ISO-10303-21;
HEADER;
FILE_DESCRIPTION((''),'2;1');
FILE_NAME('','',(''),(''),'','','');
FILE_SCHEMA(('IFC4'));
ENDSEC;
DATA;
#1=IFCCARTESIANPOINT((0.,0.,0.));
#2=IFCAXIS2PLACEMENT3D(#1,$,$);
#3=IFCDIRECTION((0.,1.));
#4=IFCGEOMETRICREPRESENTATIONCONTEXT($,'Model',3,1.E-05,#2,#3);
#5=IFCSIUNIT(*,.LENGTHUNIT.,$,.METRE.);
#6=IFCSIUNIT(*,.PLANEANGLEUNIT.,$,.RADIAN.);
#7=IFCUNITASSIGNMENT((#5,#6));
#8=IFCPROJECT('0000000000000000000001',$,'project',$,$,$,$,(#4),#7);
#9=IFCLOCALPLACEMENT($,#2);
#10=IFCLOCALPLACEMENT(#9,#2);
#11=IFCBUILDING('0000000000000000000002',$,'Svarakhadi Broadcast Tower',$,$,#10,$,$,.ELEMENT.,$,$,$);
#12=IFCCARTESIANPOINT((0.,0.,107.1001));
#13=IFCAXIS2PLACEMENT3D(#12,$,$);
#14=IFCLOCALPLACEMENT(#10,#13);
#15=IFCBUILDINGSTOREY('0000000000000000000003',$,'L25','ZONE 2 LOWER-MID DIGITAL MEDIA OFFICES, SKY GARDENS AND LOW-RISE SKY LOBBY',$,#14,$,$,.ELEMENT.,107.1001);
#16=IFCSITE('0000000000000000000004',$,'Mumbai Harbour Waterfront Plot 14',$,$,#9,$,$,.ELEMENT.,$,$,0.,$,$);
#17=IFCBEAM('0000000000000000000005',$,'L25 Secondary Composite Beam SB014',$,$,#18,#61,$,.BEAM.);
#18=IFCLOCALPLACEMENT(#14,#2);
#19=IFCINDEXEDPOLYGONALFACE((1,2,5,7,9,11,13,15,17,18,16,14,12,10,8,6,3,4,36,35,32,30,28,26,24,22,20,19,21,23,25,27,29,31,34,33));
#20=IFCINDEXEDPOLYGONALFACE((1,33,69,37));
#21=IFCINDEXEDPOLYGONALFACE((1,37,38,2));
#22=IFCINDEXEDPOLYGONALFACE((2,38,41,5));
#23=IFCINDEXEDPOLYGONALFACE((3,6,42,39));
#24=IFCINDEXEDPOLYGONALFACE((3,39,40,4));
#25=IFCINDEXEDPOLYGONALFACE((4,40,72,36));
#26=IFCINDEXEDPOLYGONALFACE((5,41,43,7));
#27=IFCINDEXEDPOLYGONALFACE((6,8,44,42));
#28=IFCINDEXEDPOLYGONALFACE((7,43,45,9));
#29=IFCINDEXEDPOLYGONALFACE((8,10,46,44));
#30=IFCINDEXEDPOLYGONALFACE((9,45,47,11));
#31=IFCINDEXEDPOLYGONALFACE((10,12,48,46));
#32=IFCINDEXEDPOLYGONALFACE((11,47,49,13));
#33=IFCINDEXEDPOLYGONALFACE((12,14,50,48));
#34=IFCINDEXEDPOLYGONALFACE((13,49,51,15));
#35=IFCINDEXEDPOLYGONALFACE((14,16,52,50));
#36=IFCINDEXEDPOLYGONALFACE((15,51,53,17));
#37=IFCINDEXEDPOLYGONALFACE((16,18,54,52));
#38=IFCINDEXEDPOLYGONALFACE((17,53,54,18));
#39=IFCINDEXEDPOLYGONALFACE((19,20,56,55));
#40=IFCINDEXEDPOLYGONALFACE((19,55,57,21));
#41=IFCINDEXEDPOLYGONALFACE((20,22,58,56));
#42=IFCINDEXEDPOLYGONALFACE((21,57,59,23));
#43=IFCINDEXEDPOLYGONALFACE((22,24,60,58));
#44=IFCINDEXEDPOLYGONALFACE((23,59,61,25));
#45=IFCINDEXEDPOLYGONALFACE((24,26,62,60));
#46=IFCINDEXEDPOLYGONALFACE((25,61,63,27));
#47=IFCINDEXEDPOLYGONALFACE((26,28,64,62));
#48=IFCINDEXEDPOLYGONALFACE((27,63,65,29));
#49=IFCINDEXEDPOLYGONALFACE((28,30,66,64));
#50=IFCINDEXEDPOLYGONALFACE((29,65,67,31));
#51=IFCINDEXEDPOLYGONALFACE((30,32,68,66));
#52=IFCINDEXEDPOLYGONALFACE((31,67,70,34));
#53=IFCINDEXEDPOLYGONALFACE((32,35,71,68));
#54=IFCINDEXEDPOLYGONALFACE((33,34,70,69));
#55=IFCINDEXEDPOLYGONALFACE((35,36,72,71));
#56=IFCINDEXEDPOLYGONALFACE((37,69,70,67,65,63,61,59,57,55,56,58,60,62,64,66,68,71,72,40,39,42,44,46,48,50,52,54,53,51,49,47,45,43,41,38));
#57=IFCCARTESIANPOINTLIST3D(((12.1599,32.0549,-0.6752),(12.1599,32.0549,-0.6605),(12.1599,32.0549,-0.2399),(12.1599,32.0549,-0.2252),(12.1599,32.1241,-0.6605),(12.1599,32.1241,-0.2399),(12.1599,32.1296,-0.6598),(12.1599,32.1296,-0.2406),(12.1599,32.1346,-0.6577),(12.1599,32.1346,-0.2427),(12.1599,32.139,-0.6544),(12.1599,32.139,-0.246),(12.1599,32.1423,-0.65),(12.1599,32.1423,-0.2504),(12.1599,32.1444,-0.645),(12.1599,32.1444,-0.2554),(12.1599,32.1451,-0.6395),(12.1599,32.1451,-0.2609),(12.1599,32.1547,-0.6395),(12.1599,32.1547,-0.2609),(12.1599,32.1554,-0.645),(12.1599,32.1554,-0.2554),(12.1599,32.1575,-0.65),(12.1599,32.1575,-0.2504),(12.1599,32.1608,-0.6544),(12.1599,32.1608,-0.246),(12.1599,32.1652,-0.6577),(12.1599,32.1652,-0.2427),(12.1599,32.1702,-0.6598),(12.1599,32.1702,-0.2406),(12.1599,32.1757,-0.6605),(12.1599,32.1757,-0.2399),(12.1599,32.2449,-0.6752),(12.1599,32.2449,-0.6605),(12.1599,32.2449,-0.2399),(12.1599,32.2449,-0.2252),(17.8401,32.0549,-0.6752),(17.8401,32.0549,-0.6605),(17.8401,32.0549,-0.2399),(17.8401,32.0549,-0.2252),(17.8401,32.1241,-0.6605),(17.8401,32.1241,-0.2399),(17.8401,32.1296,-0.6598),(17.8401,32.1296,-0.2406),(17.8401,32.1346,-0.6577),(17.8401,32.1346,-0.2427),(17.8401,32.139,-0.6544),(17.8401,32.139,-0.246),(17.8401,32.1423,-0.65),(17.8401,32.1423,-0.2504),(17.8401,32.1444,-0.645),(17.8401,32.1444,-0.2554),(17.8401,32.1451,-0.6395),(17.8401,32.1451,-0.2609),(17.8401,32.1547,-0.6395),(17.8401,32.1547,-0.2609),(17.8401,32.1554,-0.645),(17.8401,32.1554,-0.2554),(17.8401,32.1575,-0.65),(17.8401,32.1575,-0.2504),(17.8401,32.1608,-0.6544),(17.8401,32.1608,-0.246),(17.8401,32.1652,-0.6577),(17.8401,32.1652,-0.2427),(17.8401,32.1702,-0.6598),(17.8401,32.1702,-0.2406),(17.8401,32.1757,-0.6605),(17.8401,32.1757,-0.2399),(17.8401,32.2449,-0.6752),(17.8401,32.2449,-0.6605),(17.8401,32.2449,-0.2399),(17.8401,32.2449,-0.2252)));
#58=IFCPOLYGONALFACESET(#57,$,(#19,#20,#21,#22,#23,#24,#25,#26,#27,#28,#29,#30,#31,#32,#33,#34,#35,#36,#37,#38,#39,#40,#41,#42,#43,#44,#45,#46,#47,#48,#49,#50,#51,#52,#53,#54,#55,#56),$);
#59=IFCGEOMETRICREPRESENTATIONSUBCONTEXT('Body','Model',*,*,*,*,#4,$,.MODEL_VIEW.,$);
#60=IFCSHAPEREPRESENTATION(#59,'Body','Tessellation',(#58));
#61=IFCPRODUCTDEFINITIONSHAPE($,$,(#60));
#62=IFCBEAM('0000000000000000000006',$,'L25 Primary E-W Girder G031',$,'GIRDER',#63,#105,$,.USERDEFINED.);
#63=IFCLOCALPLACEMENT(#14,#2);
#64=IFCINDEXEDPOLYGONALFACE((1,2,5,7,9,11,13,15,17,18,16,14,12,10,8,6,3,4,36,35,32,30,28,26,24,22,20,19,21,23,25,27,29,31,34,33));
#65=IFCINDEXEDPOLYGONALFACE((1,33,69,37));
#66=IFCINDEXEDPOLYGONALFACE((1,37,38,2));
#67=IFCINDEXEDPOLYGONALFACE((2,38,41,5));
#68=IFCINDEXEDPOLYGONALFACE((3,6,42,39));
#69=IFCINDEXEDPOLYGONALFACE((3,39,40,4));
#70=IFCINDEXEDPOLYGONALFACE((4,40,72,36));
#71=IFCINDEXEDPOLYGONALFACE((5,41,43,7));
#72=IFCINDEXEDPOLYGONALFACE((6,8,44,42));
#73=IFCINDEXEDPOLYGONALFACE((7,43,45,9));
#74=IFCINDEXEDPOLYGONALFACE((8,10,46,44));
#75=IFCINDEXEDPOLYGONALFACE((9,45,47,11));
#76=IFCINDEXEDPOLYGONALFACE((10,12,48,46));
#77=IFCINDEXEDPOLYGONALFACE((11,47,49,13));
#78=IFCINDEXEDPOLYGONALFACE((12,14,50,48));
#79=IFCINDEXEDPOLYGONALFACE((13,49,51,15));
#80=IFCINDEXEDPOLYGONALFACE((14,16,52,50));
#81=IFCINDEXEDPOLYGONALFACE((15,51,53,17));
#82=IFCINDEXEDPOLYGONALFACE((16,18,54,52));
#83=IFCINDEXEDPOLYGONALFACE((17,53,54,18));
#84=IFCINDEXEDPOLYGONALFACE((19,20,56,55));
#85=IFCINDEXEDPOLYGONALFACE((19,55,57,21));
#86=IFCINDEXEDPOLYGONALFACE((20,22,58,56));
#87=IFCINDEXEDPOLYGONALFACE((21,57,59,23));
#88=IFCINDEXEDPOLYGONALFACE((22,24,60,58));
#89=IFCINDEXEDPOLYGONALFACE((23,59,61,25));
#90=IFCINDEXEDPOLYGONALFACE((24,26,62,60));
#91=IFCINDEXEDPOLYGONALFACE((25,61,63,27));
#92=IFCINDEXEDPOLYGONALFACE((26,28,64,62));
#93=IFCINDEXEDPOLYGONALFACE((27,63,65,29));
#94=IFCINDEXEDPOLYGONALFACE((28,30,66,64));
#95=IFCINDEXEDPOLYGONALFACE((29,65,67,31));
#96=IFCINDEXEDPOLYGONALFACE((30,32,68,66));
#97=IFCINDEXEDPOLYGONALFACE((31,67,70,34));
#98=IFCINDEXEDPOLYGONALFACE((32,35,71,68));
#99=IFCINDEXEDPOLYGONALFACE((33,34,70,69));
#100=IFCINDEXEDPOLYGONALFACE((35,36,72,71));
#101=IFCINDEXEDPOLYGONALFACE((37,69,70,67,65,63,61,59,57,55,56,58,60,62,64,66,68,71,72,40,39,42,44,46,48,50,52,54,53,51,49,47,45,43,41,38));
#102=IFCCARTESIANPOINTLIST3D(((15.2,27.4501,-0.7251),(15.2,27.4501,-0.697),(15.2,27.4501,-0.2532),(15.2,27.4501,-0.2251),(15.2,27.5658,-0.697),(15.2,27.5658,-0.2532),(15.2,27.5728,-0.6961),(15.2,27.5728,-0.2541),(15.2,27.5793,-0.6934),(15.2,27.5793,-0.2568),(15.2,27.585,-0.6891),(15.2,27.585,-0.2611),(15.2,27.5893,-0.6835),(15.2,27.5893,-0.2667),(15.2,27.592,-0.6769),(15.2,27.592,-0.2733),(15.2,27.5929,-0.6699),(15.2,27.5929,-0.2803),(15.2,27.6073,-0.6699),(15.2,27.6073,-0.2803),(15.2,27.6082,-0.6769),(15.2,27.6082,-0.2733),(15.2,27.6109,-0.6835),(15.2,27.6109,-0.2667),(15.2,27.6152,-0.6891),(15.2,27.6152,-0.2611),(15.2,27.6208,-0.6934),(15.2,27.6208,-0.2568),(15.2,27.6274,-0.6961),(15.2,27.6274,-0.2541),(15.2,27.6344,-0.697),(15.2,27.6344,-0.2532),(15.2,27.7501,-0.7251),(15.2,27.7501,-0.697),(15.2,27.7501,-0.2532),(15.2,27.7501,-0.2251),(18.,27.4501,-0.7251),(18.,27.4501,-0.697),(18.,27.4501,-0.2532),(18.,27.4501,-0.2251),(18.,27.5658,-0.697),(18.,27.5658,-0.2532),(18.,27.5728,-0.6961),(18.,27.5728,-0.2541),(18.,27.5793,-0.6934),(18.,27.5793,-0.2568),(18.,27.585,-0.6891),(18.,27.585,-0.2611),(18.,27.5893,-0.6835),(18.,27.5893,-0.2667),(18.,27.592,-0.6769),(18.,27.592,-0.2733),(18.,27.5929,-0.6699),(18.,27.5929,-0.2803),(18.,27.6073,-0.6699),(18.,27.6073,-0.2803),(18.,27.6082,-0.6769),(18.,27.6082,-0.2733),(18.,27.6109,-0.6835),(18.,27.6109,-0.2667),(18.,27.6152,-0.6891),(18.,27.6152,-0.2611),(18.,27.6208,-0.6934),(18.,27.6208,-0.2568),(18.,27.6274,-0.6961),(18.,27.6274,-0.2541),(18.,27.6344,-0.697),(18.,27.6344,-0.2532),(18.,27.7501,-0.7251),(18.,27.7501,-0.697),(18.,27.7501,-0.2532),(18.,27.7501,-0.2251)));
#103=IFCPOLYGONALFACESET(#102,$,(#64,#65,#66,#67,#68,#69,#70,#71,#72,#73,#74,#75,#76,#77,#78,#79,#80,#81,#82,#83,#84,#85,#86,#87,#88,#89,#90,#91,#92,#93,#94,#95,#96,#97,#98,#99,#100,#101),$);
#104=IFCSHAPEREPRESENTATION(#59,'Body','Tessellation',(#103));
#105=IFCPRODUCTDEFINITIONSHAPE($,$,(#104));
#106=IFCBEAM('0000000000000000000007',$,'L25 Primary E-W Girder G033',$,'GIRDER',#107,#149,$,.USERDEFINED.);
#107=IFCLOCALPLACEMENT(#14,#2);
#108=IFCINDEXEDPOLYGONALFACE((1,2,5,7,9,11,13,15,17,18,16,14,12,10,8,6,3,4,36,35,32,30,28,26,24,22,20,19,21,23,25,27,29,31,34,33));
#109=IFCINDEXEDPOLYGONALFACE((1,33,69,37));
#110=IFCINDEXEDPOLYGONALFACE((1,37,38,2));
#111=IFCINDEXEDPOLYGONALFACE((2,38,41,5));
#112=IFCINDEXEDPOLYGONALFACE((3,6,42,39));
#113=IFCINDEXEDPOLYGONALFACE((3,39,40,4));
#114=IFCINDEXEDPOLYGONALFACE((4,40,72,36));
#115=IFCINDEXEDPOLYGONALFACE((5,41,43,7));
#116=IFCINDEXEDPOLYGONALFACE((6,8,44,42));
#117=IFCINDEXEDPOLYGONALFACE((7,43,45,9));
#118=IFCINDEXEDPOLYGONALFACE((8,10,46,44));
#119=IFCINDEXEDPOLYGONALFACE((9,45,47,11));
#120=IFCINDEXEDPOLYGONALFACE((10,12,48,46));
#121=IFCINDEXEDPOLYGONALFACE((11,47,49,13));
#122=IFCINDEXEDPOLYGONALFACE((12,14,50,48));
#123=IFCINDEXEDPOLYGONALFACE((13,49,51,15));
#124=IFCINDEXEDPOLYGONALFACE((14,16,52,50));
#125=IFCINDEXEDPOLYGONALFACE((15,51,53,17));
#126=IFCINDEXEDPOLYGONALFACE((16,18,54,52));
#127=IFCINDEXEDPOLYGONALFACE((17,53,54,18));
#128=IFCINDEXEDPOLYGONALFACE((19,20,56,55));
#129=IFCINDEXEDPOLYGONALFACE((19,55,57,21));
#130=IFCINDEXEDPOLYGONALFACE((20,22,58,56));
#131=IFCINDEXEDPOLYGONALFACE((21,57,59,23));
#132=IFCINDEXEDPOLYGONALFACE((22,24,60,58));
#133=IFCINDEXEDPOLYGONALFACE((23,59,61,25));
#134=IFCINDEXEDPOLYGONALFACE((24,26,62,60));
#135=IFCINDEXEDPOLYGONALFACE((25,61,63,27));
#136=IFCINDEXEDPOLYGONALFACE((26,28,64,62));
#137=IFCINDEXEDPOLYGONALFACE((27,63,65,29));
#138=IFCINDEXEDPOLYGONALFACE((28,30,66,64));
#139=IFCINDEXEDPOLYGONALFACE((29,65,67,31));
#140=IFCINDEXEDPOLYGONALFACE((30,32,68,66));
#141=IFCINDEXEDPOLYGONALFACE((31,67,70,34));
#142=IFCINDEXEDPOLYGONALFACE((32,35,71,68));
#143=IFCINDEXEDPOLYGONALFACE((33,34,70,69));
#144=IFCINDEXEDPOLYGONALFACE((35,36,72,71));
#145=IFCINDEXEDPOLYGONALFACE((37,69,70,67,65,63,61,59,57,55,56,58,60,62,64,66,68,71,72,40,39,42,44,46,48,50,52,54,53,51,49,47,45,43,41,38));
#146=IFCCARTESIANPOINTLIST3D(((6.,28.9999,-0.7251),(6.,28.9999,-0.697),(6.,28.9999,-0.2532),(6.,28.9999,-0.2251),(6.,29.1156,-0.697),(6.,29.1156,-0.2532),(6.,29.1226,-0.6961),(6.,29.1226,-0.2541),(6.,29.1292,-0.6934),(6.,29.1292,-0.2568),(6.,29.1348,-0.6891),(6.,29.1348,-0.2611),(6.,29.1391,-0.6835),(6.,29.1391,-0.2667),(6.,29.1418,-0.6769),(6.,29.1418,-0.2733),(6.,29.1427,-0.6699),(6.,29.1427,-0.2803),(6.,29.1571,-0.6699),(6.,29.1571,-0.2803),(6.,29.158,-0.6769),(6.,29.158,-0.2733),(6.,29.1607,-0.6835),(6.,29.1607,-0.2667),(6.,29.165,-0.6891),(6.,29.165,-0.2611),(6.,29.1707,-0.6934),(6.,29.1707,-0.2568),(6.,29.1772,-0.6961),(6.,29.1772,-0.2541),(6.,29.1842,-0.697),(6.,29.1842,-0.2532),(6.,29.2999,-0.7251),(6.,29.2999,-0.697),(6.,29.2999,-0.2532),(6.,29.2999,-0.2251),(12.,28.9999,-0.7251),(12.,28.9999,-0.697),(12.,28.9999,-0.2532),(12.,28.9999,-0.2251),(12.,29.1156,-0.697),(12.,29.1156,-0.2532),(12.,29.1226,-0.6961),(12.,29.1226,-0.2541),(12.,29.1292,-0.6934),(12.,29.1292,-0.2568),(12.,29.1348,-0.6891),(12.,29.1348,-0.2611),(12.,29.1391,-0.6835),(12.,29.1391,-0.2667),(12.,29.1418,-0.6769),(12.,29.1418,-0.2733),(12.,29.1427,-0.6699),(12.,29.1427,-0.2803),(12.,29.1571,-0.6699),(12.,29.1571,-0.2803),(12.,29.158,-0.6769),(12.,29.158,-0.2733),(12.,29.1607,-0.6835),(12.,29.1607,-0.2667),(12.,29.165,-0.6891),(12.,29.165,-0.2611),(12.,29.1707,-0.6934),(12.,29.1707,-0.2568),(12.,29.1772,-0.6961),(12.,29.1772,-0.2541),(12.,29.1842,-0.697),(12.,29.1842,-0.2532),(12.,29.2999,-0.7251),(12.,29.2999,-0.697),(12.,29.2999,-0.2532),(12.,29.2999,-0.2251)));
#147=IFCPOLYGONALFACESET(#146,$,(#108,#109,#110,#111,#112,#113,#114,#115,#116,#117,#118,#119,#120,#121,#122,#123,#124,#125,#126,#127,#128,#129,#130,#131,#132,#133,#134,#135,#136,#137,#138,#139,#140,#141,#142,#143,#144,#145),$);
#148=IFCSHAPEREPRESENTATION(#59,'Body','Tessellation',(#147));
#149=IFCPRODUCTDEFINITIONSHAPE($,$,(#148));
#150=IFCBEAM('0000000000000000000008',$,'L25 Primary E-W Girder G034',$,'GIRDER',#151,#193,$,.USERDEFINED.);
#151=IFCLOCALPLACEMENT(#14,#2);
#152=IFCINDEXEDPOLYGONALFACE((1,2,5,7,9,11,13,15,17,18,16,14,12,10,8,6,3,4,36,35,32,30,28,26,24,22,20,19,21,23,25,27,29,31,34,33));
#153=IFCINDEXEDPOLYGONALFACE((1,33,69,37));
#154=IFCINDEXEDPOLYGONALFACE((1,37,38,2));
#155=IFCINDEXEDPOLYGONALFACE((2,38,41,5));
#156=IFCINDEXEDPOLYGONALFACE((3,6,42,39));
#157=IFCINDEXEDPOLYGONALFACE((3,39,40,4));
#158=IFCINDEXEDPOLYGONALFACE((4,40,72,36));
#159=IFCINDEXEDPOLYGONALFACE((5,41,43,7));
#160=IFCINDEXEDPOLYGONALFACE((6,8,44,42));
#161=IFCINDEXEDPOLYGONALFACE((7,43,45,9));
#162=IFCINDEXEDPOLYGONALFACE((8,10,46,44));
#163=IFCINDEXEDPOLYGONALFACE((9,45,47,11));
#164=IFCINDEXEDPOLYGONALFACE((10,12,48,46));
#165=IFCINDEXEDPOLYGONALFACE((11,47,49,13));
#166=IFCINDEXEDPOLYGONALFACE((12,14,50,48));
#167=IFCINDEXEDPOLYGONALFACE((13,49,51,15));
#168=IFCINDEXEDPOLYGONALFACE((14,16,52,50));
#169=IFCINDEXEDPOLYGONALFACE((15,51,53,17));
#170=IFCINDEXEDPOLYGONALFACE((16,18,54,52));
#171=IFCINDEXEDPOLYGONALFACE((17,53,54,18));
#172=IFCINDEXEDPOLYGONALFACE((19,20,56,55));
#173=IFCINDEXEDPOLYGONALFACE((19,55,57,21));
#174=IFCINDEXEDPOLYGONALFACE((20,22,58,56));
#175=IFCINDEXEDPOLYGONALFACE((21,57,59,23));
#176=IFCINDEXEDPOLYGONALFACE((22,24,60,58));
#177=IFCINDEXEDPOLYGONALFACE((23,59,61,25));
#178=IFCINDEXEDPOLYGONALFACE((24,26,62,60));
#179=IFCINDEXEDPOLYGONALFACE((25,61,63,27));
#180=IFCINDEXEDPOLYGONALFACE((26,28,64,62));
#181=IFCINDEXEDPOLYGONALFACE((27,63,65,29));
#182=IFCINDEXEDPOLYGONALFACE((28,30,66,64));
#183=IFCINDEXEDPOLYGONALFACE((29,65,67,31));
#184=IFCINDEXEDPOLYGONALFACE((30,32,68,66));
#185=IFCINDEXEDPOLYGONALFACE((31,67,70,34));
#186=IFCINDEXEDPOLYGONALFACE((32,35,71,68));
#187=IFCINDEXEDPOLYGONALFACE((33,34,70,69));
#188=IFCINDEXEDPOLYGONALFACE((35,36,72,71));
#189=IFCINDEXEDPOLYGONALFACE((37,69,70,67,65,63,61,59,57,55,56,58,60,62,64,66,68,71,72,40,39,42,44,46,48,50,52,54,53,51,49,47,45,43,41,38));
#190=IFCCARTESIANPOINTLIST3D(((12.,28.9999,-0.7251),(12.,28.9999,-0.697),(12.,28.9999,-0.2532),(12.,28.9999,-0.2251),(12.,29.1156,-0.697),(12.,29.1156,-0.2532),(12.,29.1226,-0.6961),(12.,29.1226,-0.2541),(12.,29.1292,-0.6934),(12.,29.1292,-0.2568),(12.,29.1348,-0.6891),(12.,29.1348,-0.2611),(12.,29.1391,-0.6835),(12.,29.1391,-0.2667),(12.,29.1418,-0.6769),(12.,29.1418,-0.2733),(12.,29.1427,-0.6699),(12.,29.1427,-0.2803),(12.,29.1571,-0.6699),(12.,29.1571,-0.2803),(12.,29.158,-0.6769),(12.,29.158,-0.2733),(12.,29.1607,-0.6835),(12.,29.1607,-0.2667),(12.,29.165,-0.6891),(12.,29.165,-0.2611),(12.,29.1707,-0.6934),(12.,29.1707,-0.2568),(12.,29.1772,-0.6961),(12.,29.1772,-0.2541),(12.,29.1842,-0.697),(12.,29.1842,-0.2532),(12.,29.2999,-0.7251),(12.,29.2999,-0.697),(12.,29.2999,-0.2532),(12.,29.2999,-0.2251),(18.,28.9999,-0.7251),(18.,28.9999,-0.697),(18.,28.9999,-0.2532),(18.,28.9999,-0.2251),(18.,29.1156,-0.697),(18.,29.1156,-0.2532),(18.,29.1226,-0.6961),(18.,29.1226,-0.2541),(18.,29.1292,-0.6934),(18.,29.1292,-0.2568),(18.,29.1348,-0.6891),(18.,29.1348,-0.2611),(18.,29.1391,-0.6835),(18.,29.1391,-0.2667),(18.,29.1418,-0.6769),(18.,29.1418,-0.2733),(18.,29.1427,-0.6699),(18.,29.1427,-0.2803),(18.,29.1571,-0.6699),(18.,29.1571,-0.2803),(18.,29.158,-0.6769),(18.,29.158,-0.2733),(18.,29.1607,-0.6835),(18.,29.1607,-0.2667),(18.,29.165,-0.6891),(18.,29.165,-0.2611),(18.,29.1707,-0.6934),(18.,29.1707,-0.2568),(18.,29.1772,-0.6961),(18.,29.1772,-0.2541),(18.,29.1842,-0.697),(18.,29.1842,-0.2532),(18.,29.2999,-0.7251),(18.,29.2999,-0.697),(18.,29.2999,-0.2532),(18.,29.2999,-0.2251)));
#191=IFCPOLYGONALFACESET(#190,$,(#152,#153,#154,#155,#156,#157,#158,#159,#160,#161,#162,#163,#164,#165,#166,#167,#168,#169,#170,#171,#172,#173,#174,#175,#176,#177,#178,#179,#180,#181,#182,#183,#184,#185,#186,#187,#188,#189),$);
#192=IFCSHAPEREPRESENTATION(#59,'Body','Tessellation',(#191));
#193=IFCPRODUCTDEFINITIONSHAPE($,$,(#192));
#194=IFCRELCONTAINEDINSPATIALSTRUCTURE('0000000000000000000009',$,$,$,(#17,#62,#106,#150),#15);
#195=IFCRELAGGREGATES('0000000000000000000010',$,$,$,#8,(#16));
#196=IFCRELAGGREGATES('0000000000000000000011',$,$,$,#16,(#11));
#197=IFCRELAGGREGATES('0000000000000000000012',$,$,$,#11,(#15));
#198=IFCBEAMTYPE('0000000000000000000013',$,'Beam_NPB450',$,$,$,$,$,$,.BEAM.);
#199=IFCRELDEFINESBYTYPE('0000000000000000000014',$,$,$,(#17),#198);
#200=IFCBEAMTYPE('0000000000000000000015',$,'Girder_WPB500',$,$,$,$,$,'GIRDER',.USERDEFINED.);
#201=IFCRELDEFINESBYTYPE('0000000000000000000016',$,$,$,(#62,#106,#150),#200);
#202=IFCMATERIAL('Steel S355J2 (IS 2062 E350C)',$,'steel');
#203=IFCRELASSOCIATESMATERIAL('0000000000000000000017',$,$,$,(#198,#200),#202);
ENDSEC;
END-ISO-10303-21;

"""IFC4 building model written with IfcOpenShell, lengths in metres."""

from ifc_helpers import new_model, si_unit, direction, frame, origin, origin_2d, place, context, subcontext, project, spatial, i_section, extrude, material, material_profile, profile_set, type_object, element, save


model = new_model("IFC4")

# Units and contexts
model_context = context("Model", 3, precision=1e-05, world=origin(), true_north=direction((0.0, 1.0)))
body_context = subcontext(model_context, "Body", "Model", "MODEL_VIEW")
ifc_project = project(units=[si_unit("LENGTHUNIT", "METRE"), si_unit("PLANEANGLEUNIT", "RADIAN")], contexts=[model_context])

# Site, building, storey
site_placement = place(None, origin())
site = spatial("IfcSite", under=ifc_project, at=site_placement, Name="Mumbai Harbour Waterfront Plot 14", CompositionType="ELEMENT", RefElevation=0.0)
building_placement = place(site_placement, origin())
building = spatial("IfcBuilding", under=site, at=building_placement, Name="Svarakhadi Broadcast Tower", CompositionType="ELEMENT")
storey_placement = place(building_placement, frame((0.0, 0.0, 107.1001)))
storey = spatial("IfcBuildingStorey", under=building, at=storey_placement, Name="L25", Description="ZONE 2 LOWER-MID DIGITAL MEDIA OFFICES, SKY GARDENS AND LOW-RISE SKY LOBBY", CompositionType="ELEMENT", Elevation=107.1001)

# Beams
ifc_material_1 = material(Name="Steel S355J2 (IS 2062 E350C)", Category="steel")
ifc_material_profile_1 = material_profile(ifc_material_1, i_section(OverallWidth=0.1899, OverallDepth=0.45, WebThickness=0.0095, FlangeThickness=0.0146, FilletRadius=0.021, at=origin_2d()), Name="NPB 450x190x78")
ifc_profile_set_1 = profile_set([ifc_material_profile_1], Name="Steel S355J2 (IS 2062 E350C)")
beam_type_1 = type_object("IfcBeamType", Name="Beam_NPB450", PredefinedType="BEAM", material=ifc_profile_set_1)
for number, where, z_axis, x_axis, name in (
    (1, (12.1599, 32.1499, -0.4502), (1.0, 0.0, 0.0), (0.0, 1.0, 0.0), "L25 Secondary Composite Beam SB014"),
):
    element("IfcBeam", number, at=place(storey_placement, frame(where, z_axis=z_axis, x_axis=x_axis)), inside=storey, type_object=beam_type_1, Name=name, PredefinedType="BEAM", context=body_context, shape_type="SweptSolid", body=[
        extrude(i_section(OverallWidth=0.1899, OverallDepth=0.45, WebThickness=0.0095, FlangeThickness=0.0146, FilletRadius=0.021, at=origin_2d()), origin(), (0.0, 0.0, 1.0), 5.6802),
    ])
ifc_material_profile_2 = material_profile(ifc_material_1, i_section(OverallWidth=0.3, OverallDepth=0.5, WebThickness=0.0144, FlangeThickness=0.0281, FilletRadius=0.0271, at=origin_2d()), Name="WPB 500x300x187")
ifc_profile_set_2 = profile_set([ifc_material_profile_2], Name="Steel S355J2 (IS 2062 E350C)")
beam_type_2 = type_object("IfcBeamType", Name="Girder_WPB500", ElementType="GIRDER", PredefinedType="USERDEFINED", material=ifc_profile_set_2)
beam_1_placement = place(storey_placement, frame((15.2, 27.6001, -0.4751), z_axis=(1.0, 0.0, 0.0), x_axis=(0.0, 1.0, 0.0)))
element("IfcBeam", 2, at=beam_1_placement, inside=storey, type_object=beam_type_2, Name="L25 Primary E-W Girder G031", ObjectType="GIRDER", PredefinedType="USERDEFINED", context=body_context, shape_type="SweptSolid", body=[
    extrude(i_section(OverallWidth=0.3, OverallDepth=0.5, WebThickness=0.0144, FlangeThickness=0.0281, FilletRadius=0.0271, at=origin_2d()), origin(), (0.0, 0.0, 1.0), 2.8),
])
for number, where, z_axis, x_axis, name in (
    (3, (6.0, 29.1499, -0.4751), (1.0, 0.0, 0.0), (0.0, 1.0, 0.0), "L25 Primary E-W Girder G033"),
    (4, (12.0, 29.1499, -0.4751), (1.0, 0.0, 0.0), (0.0, 1.0, 0.0), "L25 Primary E-W Girder G034"),
):
    element("IfcBeam", number, at=place(storey_placement, frame(where, z_axis=z_axis, x_axis=x_axis)), inside=storey, type_object=beam_type_2, Name=name, ObjectType="GIRDER", PredefinedType="USERDEFINED", context=body_context, shape_type="SweptSolid", body=[
        extrude(i_section(OverallWidth=0.3, OverallDepth=0.5, WebThickness=0.0144, FlangeThickness=0.0281, FilletRadius=0.0271, at=origin_2d()), origin(), (0.0, 0.0, 1.0), 6.0),
    ])

save(model, "model.ifc")
